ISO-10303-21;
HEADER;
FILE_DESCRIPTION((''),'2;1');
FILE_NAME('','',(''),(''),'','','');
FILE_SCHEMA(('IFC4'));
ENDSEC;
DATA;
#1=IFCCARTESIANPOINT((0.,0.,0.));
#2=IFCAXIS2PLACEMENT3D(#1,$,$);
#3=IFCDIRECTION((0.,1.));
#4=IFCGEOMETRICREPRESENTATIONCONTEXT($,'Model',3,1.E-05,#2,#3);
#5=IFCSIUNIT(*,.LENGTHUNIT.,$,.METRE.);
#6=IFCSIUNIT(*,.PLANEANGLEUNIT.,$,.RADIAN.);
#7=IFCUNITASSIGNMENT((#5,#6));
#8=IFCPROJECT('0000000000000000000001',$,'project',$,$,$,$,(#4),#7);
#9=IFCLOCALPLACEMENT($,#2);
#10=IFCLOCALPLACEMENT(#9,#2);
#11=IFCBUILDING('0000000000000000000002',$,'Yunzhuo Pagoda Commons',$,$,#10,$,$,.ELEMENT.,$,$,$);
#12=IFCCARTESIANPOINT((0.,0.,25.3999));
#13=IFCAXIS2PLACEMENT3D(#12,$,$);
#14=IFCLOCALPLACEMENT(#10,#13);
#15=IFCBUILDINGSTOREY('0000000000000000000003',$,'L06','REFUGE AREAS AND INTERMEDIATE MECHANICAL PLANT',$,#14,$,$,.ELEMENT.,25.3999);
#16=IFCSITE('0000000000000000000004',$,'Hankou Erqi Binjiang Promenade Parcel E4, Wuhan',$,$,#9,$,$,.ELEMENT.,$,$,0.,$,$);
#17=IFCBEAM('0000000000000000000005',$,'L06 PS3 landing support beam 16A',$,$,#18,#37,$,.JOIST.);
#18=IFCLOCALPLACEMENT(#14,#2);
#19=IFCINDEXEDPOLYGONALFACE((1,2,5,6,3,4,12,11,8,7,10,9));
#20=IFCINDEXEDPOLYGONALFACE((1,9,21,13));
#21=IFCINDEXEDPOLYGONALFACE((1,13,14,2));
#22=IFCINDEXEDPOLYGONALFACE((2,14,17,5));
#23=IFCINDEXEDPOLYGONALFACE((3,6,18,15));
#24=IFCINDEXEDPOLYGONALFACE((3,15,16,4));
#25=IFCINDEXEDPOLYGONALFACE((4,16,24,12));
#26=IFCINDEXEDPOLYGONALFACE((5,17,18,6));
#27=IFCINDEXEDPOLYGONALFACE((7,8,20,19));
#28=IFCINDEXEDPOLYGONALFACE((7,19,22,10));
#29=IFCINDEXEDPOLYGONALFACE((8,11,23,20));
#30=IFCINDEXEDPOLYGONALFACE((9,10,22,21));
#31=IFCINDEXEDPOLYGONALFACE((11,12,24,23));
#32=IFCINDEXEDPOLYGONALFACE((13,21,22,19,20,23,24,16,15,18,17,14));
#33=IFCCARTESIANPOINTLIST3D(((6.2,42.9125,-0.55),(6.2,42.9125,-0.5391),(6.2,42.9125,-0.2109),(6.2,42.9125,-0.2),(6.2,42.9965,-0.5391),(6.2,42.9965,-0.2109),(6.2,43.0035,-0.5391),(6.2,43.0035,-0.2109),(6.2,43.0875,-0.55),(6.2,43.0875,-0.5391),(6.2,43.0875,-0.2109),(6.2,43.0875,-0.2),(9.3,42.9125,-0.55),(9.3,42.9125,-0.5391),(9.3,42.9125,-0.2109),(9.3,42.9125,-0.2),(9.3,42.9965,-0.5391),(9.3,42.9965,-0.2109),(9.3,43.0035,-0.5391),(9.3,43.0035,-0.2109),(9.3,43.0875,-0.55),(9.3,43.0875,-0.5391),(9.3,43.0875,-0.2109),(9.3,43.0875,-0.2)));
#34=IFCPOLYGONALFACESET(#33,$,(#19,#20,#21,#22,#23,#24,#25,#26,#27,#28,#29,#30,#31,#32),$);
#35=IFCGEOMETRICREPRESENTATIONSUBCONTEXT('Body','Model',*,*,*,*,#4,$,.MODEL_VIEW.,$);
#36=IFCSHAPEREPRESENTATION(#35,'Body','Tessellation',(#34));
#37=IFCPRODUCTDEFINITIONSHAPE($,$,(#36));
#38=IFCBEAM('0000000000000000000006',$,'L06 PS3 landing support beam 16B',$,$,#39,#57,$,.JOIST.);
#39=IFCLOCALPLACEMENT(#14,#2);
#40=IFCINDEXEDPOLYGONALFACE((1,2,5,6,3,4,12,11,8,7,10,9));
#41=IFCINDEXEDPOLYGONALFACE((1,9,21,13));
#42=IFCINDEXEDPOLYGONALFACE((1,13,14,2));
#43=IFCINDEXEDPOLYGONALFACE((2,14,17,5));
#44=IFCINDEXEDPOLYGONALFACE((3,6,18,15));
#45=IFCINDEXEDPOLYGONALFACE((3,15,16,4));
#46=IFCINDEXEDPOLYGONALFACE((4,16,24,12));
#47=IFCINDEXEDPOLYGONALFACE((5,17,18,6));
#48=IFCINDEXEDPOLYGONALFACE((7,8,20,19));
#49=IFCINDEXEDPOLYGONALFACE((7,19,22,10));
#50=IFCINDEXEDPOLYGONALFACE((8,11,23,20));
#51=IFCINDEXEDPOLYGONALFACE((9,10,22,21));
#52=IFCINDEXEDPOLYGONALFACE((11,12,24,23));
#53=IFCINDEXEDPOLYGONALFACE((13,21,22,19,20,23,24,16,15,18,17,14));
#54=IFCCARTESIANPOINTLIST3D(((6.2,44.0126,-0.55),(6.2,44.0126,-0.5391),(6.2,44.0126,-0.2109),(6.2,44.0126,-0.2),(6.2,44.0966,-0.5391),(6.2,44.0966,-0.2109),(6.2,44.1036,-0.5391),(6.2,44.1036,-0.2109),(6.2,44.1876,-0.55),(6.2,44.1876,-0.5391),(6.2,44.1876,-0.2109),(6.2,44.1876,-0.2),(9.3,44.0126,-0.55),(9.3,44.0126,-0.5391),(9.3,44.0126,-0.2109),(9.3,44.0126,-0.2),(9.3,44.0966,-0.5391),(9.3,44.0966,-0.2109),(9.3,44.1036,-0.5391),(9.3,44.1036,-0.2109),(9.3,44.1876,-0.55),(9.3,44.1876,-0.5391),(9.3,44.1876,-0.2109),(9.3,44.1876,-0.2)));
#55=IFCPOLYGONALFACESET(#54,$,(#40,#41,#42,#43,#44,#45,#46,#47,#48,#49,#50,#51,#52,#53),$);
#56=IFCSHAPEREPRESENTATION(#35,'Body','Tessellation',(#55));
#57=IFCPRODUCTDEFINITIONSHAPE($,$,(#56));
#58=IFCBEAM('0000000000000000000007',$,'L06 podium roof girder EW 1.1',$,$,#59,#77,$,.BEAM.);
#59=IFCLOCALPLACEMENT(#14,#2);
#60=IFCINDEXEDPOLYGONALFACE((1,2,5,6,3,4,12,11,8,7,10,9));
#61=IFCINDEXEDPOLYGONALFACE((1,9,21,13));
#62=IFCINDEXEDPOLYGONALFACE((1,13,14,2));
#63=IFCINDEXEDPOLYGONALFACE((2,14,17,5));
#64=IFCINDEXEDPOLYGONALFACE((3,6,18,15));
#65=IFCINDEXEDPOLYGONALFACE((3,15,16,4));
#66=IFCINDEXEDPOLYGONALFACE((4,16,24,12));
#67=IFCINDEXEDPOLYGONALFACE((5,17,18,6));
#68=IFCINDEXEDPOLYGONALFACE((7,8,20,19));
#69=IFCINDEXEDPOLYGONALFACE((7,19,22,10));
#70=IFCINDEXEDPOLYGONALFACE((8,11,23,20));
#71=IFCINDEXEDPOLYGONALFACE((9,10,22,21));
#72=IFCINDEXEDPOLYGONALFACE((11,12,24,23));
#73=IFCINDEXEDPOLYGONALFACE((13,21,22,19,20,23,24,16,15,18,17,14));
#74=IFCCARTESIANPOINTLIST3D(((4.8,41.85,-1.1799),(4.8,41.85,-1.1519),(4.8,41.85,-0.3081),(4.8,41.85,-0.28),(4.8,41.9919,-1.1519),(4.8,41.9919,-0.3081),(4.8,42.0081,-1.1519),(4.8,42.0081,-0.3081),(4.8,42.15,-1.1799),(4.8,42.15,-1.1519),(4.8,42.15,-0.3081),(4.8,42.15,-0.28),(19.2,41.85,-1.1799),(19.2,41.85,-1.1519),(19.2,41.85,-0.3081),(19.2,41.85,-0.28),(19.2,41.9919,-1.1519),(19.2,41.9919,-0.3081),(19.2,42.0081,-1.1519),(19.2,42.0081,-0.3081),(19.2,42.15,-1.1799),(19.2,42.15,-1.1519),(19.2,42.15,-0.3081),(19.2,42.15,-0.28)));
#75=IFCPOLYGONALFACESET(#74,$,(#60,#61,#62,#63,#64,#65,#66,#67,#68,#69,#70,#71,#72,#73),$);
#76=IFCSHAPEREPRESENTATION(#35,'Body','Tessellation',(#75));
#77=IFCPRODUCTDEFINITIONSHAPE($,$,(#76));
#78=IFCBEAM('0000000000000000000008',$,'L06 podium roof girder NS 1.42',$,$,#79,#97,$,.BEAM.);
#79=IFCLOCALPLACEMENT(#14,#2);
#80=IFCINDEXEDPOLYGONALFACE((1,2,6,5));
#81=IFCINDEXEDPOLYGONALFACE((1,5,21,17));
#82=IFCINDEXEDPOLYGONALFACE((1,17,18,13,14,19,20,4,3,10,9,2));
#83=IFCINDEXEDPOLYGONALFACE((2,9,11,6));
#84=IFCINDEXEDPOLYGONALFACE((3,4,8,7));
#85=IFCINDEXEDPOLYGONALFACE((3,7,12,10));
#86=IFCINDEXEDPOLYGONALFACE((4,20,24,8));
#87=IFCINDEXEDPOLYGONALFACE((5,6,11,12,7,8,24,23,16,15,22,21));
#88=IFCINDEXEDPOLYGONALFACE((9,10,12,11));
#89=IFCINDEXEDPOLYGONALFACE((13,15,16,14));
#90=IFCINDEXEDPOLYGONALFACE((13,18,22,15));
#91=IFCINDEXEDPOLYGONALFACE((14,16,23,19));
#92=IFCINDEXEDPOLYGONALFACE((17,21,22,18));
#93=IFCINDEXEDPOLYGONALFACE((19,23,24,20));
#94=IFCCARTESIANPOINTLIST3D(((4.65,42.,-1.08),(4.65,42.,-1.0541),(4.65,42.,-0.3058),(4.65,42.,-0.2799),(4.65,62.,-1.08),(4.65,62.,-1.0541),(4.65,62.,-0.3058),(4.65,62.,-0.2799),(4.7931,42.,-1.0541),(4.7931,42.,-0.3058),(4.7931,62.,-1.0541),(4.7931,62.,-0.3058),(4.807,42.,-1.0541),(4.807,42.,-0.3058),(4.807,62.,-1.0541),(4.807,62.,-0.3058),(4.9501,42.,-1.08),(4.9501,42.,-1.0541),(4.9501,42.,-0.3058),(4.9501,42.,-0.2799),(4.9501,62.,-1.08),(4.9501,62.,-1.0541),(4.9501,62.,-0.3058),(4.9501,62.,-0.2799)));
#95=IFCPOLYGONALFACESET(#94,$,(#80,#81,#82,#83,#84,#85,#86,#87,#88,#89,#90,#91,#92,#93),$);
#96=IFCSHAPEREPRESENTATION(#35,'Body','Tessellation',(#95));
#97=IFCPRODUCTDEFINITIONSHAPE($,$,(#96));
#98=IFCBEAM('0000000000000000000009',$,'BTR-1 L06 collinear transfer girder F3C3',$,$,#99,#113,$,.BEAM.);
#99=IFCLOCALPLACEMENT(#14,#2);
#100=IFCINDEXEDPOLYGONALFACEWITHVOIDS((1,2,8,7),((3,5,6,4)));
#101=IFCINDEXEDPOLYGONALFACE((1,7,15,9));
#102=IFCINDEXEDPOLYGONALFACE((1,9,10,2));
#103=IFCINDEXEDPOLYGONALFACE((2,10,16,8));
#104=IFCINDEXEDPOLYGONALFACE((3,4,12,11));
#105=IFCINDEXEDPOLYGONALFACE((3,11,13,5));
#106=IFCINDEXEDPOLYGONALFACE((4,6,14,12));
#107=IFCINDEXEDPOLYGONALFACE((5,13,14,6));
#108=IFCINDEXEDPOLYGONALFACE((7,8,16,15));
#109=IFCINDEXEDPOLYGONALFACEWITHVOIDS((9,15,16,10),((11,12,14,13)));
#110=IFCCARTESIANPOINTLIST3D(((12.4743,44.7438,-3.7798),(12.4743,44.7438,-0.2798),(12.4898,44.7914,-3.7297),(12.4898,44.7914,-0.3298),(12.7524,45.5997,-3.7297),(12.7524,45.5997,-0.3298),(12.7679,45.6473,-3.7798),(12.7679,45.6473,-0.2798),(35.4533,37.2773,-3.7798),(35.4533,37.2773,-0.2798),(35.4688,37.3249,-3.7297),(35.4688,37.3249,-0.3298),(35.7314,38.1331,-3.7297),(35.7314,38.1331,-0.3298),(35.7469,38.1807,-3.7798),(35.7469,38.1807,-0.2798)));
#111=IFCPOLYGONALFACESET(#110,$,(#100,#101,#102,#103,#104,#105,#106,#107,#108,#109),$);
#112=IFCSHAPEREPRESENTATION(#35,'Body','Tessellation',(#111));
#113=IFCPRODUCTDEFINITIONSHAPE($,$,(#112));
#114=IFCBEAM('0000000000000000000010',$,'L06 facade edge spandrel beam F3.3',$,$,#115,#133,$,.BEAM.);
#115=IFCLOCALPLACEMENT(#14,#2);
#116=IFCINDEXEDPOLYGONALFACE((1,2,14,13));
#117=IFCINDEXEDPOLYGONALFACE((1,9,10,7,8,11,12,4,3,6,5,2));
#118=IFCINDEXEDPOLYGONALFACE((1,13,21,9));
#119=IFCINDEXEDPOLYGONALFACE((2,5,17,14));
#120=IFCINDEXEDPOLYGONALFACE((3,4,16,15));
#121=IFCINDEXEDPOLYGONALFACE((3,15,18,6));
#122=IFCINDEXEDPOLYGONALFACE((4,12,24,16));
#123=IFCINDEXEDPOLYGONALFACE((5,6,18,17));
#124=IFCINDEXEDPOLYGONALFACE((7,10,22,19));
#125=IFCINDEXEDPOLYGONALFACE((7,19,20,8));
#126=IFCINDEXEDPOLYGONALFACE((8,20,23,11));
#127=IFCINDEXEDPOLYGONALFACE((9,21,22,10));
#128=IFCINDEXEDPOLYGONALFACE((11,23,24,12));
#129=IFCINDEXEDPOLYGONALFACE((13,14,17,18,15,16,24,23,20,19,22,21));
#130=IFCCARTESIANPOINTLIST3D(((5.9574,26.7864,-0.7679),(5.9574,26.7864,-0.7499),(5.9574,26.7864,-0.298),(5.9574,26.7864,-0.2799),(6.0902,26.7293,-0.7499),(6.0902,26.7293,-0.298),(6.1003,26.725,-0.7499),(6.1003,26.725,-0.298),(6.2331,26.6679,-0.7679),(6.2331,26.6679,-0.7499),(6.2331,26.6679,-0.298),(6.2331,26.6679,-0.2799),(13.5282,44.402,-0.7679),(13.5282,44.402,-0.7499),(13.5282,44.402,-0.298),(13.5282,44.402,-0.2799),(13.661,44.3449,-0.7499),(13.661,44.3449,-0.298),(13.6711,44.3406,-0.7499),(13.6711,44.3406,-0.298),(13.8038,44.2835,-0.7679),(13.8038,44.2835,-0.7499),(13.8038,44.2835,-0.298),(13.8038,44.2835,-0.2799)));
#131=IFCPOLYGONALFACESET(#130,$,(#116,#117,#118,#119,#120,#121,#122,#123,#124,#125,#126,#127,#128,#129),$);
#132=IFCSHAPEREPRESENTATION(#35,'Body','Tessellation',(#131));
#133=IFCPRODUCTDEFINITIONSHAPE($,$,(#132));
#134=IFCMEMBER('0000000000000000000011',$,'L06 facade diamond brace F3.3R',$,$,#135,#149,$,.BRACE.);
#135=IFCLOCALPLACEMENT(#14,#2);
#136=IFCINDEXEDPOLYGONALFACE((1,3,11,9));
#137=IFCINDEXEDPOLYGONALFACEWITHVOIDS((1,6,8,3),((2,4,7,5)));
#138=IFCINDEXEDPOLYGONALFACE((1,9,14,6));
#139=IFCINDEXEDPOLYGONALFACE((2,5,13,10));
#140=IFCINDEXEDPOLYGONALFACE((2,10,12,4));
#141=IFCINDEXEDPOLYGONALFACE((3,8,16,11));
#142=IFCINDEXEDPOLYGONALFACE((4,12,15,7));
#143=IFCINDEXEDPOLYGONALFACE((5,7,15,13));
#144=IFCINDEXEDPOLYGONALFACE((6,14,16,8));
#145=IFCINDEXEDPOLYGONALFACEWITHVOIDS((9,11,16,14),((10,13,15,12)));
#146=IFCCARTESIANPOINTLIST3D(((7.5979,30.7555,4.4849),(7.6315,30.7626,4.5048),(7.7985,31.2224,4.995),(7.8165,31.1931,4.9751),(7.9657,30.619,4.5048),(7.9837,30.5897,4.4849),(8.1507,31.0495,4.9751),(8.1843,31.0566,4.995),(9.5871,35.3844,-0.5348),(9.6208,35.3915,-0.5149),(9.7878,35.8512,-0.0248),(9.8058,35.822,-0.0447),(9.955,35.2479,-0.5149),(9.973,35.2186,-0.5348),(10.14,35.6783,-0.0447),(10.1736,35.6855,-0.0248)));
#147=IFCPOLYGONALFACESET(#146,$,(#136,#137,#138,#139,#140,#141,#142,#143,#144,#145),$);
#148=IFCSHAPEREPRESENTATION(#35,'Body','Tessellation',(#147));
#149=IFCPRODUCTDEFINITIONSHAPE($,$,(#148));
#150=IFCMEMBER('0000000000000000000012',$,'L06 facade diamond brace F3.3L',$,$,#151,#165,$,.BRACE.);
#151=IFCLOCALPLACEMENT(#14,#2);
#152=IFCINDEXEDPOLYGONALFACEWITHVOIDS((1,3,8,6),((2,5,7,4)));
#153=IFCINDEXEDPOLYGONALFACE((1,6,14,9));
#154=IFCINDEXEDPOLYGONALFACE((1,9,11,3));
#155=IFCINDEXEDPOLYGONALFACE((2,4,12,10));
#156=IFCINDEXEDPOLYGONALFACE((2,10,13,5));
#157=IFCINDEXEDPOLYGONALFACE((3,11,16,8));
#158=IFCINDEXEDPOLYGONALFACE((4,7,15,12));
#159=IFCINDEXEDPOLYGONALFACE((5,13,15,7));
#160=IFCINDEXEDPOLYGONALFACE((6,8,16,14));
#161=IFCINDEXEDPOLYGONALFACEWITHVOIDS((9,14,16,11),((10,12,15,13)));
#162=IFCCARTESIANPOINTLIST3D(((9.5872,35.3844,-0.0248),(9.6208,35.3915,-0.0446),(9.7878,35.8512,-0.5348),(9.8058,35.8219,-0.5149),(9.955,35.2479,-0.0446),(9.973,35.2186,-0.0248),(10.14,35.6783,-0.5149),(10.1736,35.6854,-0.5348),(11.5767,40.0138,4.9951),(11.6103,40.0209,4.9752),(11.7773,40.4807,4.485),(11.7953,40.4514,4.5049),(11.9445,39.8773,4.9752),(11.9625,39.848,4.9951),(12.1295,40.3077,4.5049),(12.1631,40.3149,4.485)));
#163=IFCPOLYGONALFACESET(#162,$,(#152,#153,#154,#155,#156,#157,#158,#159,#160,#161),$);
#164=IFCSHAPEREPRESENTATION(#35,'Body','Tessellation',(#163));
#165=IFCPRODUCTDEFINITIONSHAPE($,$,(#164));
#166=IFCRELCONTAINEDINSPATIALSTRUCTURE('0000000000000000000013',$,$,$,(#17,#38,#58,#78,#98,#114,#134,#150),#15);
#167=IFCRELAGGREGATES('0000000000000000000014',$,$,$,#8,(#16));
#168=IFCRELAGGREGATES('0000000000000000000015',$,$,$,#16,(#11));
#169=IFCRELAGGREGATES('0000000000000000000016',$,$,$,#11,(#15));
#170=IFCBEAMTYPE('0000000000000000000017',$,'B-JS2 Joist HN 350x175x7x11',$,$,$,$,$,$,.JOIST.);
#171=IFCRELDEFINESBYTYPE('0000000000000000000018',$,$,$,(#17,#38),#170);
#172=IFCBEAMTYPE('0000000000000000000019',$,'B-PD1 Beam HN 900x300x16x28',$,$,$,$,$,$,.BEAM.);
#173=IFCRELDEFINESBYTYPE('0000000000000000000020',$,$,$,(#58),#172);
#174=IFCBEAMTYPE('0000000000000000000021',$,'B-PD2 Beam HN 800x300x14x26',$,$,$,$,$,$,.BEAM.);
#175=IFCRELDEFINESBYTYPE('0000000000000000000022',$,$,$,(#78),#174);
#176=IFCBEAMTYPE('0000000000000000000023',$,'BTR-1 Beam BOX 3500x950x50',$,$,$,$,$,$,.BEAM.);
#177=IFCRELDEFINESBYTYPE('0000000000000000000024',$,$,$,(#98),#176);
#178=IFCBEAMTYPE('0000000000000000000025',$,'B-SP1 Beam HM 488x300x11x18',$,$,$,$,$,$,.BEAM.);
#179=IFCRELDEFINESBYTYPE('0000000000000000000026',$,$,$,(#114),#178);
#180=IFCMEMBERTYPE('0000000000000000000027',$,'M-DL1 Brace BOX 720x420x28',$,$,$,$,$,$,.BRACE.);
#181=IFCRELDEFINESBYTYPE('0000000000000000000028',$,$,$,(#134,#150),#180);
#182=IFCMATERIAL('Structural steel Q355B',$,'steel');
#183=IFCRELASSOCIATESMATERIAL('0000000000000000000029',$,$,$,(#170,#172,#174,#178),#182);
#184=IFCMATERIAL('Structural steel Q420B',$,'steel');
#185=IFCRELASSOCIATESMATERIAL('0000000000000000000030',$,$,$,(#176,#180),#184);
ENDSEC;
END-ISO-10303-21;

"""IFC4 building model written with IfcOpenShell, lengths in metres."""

from ifc_helpers import new_model, si_unit, direction, frame, origin, origin_2d, place, context, subcontext, project, spatial, hollow_rectangle, i_section, extrude, source, transform, mapped, material, material_profile, profile_set, type_object, element, save


model = new_model("IFC4")

# Units and contexts
model_context = context("Model", 3, precision=1e-05, world=origin(), true_north=direction((0.0, 1.0)))
body_context = subcontext(model_context, "Body", "Model", "MODEL_VIEW")
ifc_project = project(units=[si_unit("LENGTHUNIT", "METRE"), si_unit("PLANEANGLEUNIT", "RADIAN")], contexts=[model_context])

# Site, building, storey
site_placement = place(None, origin())
site = spatial("IfcSite", under=ifc_project, at=site_placement, Name="Hankou Erqi Binjiang Promenade Parcel E4, Wuhan", CompositionType="ELEMENT", RefElevation=0.0)
building_placement = place(site_placement, origin())
building = spatial("IfcBuilding", under=site, at=building_placement, Name="Yunzhuo Pagoda Commons", CompositionType="ELEMENT")
storey_placement = place(building_placement, frame((0.0, 0.0, 25.3999)))
storey = spatial("IfcBuildingStorey", under=building, at=storey_placement, Name="L06", Description="REFUGE AREAS AND INTERMEDIATE MECHANICAL PLANT", CompositionType="ELEMENT", Elevation=25.3999)

# Beams
ifc_material_1 = material(Name="Structural steel Q355B", Category="steel")
ifc_material_profile_1 = material_profile(ifc_material_1, i_section(OverallWidth=0.175, OverallDepth=0.3501, WebThickness=0.0071, FlangeThickness=0.011, at=origin_2d()), Name="Structural steel Q355B")
ifc_profile_set_1 = profile_set([ifc_material_profile_1], Name="Structural steel Q355B")
beam_type_1 = type_object("IfcBeamType", Name="B-JS2 Joist HN 350x175x7x11", PredefinedType="JOIST", material=ifc_profile_set_1)
shared_shape_1 = source(origin(), body_context, "Body", "SweptSolid", [
    extrude(i_section(OverallWidth=0.175, OverallDepth=0.3501, WebThickness=0.0071, FlangeThickness=0.011, at=origin_2d()), origin(), (0.0, 0.0, 1.0), 3.1001),
])
for number, where, z_axis, x_axis, name in (
    (1, (6.2, 43.0, -0.375), (1.0, 0.0, 0.0), (0.0, 1.0, 0.0), "L06 PS3 landing support beam 16A"),
    (2, (6.2, 44.1001, -0.375), (1.0, 0.0, 0.0), (0.0, 1.0, 0.0), "L06 PS3 landing support beam 16B"),
):
    element("IfcBeam", number, at=place(storey_placement, frame(where, z_axis=z_axis, x_axis=x_axis)), inside=storey, type_object=beam_type_1, Name=name, PredefinedType="JOIST", context=body_context, shape_type="MappedRepresentation", body=[
        mapped(shared_shape_1, transform((0.0, 0.0, 0.0), scale=1.0)),
    ])
ifc_material_profile_2 = material_profile(ifc_material_1, i_section(OverallWidth=0.3, OverallDepth=0.8999, WebThickness=0.0161, FlangeThickness=0.0281, at=origin_2d()), Name="Structural steel Q355B")
ifc_profile_set_2 = profile_set([ifc_material_profile_2], Name="Structural steel Q355B")
beam_type_2 = type_object("IfcBeamType", Name="B-PD1 Beam HN 900x300x16x28", PredefinedType="BEAM", material=ifc_profile_set_2)
shared_shape_2 = source(origin(), body_context, "Body", "SweptSolid", [
    extrude(i_section(OverallWidth=0.3, OverallDepth=0.8999, WebThickness=0.0161, FlangeThickness=0.0281, at=origin_2d()), origin(), (0.0, 0.0, 1.0), 14.3999),
])
beam_1_placement = place(storey_placement, frame((4.8, 42.0, -0.73), z_axis=(1.0, 0.0, 0.0), x_axis=(0.0, 1.0, 0.0)))
element("IfcBeam", 3, at=beam_1_placement, inside=storey, type_object=beam_type_2, Name="L06 podium roof girder EW 1.1", PredefinedType="BEAM", context=body_context, shape_type="MappedRepresentation", body=[
    mapped(shared_shape_2, transform((0.0, 0.0, 0.0), scale=1.0)),
])
ifc_material_profile_3 = material_profile(ifc_material_1, i_section(OverallWidth=0.3, OverallDepth=0.8, WebThickness=0.0139, FlangeThickness=0.0259, at=origin_2d()), Name="Structural steel Q355B")
ifc_profile_set_3 = profile_set([ifc_material_profile_3], Name="Structural steel Q355B")
beam_type_3 = type_object("IfcBeamType", Name="B-PD2 Beam HN 800x300x14x26", PredefinedType="BEAM", material=ifc_profile_set_3)
shared_shape_3 = source(origin(), body_context, "Body", "SweptSolid", [
    extrude(i_section(OverallWidth=0.3, OverallDepth=0.8, WebThickness=0.0139, FlangeThickness=0.0259, at=origin_2d()), origin(), (0.0, 0.0, 1.0), 20.0),
])
beam_2_placement = place(storey_placement, frame((4.8, 42.0, -0.6799), z_axis=(0.0, 1.0, 0.0), x_axis=(-1.0, 0.0, 0.0)))
element("IfcBeam", 4, at=beam_2_placement, inside=storey, type_object=beam_type_3, Name="L06 podium roof girder NS 1.42", PredefinedType="BEAM", context=body_context, shape_type="MappedRepresentation", body=[
    mapped(shared_shape_3, transform((0.0, 0.0, 0.0), scale=1.0)),
])
ifc_material_2 = material(Name="Structural steel Q420B", Category="steel")
ifc_material_profile_4 = material_profile(ifc_material_2, hollow_rectangle(XDim=0.95, YDim=3.5, WallThickness=0.05, at=origin_2d()), Name="Structural steel Q420B")
ifc_profile_set_4 = profile_set([ifc_material_profile_4], Name="Structural steel Q420B")
beam_type_4 = type_object("IfcBeamType", Name="BTR-1 Beam BOX 3500x950x50", PredefinedType="BEAM", material=ifc_profile_set_4)
shared_shape_4 = source(origin(), body_context, "Body", "SweptSolid", [
    extrude(hollow_rectangle(XDim=0.95, YDim=3.5, WallThickness=0.05, at=origin_2d()), origin(), (0.0, 0.0, 1.0), 24.1616),
])
beam_3_placement = place(storey_placement, frame((12.6211, 45.1956, -2.0298), z_axis=(0.951054, -0.309025, 0.0), x_axis=(0.309025, 0.951054, 0.0)))
element("IfcBeam", 5, at=beam_3_placement, inside=storey, type_object=beam_type_4, Name="BTR-1 L06 collinear transfer girder F3C3", PredefinedType="BEAM", context=body_context, shape_type="MappedRepresentation", body=[
    mapped(shared_shape_4, transform((0.0, 0.0, 0.0), scale=1.0)),
])
ifc_material_profile_5 = material_profile(ifc_material_1, i_section(OverallWidth=0.3, OverallDepth=0.488, WebThickness=0.011, FlangeThickness=0.0181, at=origin_2d()), Name="Structural steel Q355B")
ifc_profile_set_5 = profile_set([ifc_material_profile_5], Name="Structural steel Q355B")
beam_type_5 = type_object("IfcBeamType", Name="B-SP1 Beam HM 488x300x11x18", PredefinedType="BEAM", material=ifc_profile_set_5)
shared_shape_5 = source(origin(), body_context, "Body", "SweptSolid", [
    extrude(i_section(OverallWidth=0.3, OverallDepth=0.488, WebThickness=0.011, FlangeThickness=0.0181, at=origin_2d()), origin(), (0.0, 0.0, 1.0), 19.1736),
])
beam_4_placement = place(storey_placement, frame((13.666, 44.3428, -0.5239), z_axis=(-0.394853, -0.918744, 0.0), x_axis=(0.918744, -0.394853, 0.0)))
element("IfcBeam", 6, at=beam_4_placement, inside=storey, type_object=beam_type_5, Name="L06 facade edge spandrel beam F3.3", PredefinedType="BEAM", context=body_context, shape_type="MappedRepresentation", body=[
    mapped(shared_shape_5, transform((0.0, 0.0, 0.0), scale=1.0)),
])

# Members
ifc_material_profile_6 = material_profile(ifc_material_2, hollow_rectangle(XDim=0.4199, YDim=0.72, WallThickness=0.0281, at=origin_2d()), Name="Structural steel Q420B")
ifc_profile_set_6 = profile_set([ifc_material_profile_6], Name="Structural steel Q420B")
member_type = type_object("IfcMemberType", Name="M-DL1 Brace BOX 720x420x28", PredefinedType="BRACE", material=ifc_profile_set_6)
shared_shape_6 = source(origin(), body_context, "Body", "SweptSolid", [
    extrude(hollow_rectangle(XDim=0.4199, YDim=0.72, WallThickness=0.0281, at=origin_2d()), origin(), (0.0, 0.0, 1.0), 7.1121),
])
member_1_placement = place(storey_placement, frame((9.8804, 35.5349, -0.2798), z_axis=(-0.2797, -0.650849, 0.705807), x_axis=(0.918754, -0.394831, 0.0)))
element("IfcMember", 7, at=member_1_placement, inside=storey, type_object=member_type, Name="L06 facade diamond brace F3.3R", PredefinedType="BRACE", context=body_context, shape_type="MappedRepresentation", body=[
    mapped(shared_shape_6, transform((0.0, 0.0, 0.0), scale=1.0)),
])
shared_shape_7 = source(origin(), body_context, "Body", "SweptSolid", [
    extrude(hollow_rectangle(XDim=0.4199, YDim=0.72, WallThickness=0.0281, at=origin_2d()), origin(), (0.0, 0.0, 1.0), 7.1125),
])
member_2_placement = place(storey_placement, frame((9.8804, 35.5349, -0.2798), z_axis=(0.279719, 0.650882, 0.705769), x_axis=(-0.918751, 0.394837, 0.0)))
element("IfcMember", 8, at=member_2_placement, inside=storey, type_object=member_type, Name="L06 facade diamond brace F3.3L", PredefinedType="BRACE", context=body_context, shape_type="MappedRepresentation", body=[
    mapped(shared_shape_7, transform((0.0, 0.0, 0.0), scale=1.0)),
])

save(model, "model.ifc")
